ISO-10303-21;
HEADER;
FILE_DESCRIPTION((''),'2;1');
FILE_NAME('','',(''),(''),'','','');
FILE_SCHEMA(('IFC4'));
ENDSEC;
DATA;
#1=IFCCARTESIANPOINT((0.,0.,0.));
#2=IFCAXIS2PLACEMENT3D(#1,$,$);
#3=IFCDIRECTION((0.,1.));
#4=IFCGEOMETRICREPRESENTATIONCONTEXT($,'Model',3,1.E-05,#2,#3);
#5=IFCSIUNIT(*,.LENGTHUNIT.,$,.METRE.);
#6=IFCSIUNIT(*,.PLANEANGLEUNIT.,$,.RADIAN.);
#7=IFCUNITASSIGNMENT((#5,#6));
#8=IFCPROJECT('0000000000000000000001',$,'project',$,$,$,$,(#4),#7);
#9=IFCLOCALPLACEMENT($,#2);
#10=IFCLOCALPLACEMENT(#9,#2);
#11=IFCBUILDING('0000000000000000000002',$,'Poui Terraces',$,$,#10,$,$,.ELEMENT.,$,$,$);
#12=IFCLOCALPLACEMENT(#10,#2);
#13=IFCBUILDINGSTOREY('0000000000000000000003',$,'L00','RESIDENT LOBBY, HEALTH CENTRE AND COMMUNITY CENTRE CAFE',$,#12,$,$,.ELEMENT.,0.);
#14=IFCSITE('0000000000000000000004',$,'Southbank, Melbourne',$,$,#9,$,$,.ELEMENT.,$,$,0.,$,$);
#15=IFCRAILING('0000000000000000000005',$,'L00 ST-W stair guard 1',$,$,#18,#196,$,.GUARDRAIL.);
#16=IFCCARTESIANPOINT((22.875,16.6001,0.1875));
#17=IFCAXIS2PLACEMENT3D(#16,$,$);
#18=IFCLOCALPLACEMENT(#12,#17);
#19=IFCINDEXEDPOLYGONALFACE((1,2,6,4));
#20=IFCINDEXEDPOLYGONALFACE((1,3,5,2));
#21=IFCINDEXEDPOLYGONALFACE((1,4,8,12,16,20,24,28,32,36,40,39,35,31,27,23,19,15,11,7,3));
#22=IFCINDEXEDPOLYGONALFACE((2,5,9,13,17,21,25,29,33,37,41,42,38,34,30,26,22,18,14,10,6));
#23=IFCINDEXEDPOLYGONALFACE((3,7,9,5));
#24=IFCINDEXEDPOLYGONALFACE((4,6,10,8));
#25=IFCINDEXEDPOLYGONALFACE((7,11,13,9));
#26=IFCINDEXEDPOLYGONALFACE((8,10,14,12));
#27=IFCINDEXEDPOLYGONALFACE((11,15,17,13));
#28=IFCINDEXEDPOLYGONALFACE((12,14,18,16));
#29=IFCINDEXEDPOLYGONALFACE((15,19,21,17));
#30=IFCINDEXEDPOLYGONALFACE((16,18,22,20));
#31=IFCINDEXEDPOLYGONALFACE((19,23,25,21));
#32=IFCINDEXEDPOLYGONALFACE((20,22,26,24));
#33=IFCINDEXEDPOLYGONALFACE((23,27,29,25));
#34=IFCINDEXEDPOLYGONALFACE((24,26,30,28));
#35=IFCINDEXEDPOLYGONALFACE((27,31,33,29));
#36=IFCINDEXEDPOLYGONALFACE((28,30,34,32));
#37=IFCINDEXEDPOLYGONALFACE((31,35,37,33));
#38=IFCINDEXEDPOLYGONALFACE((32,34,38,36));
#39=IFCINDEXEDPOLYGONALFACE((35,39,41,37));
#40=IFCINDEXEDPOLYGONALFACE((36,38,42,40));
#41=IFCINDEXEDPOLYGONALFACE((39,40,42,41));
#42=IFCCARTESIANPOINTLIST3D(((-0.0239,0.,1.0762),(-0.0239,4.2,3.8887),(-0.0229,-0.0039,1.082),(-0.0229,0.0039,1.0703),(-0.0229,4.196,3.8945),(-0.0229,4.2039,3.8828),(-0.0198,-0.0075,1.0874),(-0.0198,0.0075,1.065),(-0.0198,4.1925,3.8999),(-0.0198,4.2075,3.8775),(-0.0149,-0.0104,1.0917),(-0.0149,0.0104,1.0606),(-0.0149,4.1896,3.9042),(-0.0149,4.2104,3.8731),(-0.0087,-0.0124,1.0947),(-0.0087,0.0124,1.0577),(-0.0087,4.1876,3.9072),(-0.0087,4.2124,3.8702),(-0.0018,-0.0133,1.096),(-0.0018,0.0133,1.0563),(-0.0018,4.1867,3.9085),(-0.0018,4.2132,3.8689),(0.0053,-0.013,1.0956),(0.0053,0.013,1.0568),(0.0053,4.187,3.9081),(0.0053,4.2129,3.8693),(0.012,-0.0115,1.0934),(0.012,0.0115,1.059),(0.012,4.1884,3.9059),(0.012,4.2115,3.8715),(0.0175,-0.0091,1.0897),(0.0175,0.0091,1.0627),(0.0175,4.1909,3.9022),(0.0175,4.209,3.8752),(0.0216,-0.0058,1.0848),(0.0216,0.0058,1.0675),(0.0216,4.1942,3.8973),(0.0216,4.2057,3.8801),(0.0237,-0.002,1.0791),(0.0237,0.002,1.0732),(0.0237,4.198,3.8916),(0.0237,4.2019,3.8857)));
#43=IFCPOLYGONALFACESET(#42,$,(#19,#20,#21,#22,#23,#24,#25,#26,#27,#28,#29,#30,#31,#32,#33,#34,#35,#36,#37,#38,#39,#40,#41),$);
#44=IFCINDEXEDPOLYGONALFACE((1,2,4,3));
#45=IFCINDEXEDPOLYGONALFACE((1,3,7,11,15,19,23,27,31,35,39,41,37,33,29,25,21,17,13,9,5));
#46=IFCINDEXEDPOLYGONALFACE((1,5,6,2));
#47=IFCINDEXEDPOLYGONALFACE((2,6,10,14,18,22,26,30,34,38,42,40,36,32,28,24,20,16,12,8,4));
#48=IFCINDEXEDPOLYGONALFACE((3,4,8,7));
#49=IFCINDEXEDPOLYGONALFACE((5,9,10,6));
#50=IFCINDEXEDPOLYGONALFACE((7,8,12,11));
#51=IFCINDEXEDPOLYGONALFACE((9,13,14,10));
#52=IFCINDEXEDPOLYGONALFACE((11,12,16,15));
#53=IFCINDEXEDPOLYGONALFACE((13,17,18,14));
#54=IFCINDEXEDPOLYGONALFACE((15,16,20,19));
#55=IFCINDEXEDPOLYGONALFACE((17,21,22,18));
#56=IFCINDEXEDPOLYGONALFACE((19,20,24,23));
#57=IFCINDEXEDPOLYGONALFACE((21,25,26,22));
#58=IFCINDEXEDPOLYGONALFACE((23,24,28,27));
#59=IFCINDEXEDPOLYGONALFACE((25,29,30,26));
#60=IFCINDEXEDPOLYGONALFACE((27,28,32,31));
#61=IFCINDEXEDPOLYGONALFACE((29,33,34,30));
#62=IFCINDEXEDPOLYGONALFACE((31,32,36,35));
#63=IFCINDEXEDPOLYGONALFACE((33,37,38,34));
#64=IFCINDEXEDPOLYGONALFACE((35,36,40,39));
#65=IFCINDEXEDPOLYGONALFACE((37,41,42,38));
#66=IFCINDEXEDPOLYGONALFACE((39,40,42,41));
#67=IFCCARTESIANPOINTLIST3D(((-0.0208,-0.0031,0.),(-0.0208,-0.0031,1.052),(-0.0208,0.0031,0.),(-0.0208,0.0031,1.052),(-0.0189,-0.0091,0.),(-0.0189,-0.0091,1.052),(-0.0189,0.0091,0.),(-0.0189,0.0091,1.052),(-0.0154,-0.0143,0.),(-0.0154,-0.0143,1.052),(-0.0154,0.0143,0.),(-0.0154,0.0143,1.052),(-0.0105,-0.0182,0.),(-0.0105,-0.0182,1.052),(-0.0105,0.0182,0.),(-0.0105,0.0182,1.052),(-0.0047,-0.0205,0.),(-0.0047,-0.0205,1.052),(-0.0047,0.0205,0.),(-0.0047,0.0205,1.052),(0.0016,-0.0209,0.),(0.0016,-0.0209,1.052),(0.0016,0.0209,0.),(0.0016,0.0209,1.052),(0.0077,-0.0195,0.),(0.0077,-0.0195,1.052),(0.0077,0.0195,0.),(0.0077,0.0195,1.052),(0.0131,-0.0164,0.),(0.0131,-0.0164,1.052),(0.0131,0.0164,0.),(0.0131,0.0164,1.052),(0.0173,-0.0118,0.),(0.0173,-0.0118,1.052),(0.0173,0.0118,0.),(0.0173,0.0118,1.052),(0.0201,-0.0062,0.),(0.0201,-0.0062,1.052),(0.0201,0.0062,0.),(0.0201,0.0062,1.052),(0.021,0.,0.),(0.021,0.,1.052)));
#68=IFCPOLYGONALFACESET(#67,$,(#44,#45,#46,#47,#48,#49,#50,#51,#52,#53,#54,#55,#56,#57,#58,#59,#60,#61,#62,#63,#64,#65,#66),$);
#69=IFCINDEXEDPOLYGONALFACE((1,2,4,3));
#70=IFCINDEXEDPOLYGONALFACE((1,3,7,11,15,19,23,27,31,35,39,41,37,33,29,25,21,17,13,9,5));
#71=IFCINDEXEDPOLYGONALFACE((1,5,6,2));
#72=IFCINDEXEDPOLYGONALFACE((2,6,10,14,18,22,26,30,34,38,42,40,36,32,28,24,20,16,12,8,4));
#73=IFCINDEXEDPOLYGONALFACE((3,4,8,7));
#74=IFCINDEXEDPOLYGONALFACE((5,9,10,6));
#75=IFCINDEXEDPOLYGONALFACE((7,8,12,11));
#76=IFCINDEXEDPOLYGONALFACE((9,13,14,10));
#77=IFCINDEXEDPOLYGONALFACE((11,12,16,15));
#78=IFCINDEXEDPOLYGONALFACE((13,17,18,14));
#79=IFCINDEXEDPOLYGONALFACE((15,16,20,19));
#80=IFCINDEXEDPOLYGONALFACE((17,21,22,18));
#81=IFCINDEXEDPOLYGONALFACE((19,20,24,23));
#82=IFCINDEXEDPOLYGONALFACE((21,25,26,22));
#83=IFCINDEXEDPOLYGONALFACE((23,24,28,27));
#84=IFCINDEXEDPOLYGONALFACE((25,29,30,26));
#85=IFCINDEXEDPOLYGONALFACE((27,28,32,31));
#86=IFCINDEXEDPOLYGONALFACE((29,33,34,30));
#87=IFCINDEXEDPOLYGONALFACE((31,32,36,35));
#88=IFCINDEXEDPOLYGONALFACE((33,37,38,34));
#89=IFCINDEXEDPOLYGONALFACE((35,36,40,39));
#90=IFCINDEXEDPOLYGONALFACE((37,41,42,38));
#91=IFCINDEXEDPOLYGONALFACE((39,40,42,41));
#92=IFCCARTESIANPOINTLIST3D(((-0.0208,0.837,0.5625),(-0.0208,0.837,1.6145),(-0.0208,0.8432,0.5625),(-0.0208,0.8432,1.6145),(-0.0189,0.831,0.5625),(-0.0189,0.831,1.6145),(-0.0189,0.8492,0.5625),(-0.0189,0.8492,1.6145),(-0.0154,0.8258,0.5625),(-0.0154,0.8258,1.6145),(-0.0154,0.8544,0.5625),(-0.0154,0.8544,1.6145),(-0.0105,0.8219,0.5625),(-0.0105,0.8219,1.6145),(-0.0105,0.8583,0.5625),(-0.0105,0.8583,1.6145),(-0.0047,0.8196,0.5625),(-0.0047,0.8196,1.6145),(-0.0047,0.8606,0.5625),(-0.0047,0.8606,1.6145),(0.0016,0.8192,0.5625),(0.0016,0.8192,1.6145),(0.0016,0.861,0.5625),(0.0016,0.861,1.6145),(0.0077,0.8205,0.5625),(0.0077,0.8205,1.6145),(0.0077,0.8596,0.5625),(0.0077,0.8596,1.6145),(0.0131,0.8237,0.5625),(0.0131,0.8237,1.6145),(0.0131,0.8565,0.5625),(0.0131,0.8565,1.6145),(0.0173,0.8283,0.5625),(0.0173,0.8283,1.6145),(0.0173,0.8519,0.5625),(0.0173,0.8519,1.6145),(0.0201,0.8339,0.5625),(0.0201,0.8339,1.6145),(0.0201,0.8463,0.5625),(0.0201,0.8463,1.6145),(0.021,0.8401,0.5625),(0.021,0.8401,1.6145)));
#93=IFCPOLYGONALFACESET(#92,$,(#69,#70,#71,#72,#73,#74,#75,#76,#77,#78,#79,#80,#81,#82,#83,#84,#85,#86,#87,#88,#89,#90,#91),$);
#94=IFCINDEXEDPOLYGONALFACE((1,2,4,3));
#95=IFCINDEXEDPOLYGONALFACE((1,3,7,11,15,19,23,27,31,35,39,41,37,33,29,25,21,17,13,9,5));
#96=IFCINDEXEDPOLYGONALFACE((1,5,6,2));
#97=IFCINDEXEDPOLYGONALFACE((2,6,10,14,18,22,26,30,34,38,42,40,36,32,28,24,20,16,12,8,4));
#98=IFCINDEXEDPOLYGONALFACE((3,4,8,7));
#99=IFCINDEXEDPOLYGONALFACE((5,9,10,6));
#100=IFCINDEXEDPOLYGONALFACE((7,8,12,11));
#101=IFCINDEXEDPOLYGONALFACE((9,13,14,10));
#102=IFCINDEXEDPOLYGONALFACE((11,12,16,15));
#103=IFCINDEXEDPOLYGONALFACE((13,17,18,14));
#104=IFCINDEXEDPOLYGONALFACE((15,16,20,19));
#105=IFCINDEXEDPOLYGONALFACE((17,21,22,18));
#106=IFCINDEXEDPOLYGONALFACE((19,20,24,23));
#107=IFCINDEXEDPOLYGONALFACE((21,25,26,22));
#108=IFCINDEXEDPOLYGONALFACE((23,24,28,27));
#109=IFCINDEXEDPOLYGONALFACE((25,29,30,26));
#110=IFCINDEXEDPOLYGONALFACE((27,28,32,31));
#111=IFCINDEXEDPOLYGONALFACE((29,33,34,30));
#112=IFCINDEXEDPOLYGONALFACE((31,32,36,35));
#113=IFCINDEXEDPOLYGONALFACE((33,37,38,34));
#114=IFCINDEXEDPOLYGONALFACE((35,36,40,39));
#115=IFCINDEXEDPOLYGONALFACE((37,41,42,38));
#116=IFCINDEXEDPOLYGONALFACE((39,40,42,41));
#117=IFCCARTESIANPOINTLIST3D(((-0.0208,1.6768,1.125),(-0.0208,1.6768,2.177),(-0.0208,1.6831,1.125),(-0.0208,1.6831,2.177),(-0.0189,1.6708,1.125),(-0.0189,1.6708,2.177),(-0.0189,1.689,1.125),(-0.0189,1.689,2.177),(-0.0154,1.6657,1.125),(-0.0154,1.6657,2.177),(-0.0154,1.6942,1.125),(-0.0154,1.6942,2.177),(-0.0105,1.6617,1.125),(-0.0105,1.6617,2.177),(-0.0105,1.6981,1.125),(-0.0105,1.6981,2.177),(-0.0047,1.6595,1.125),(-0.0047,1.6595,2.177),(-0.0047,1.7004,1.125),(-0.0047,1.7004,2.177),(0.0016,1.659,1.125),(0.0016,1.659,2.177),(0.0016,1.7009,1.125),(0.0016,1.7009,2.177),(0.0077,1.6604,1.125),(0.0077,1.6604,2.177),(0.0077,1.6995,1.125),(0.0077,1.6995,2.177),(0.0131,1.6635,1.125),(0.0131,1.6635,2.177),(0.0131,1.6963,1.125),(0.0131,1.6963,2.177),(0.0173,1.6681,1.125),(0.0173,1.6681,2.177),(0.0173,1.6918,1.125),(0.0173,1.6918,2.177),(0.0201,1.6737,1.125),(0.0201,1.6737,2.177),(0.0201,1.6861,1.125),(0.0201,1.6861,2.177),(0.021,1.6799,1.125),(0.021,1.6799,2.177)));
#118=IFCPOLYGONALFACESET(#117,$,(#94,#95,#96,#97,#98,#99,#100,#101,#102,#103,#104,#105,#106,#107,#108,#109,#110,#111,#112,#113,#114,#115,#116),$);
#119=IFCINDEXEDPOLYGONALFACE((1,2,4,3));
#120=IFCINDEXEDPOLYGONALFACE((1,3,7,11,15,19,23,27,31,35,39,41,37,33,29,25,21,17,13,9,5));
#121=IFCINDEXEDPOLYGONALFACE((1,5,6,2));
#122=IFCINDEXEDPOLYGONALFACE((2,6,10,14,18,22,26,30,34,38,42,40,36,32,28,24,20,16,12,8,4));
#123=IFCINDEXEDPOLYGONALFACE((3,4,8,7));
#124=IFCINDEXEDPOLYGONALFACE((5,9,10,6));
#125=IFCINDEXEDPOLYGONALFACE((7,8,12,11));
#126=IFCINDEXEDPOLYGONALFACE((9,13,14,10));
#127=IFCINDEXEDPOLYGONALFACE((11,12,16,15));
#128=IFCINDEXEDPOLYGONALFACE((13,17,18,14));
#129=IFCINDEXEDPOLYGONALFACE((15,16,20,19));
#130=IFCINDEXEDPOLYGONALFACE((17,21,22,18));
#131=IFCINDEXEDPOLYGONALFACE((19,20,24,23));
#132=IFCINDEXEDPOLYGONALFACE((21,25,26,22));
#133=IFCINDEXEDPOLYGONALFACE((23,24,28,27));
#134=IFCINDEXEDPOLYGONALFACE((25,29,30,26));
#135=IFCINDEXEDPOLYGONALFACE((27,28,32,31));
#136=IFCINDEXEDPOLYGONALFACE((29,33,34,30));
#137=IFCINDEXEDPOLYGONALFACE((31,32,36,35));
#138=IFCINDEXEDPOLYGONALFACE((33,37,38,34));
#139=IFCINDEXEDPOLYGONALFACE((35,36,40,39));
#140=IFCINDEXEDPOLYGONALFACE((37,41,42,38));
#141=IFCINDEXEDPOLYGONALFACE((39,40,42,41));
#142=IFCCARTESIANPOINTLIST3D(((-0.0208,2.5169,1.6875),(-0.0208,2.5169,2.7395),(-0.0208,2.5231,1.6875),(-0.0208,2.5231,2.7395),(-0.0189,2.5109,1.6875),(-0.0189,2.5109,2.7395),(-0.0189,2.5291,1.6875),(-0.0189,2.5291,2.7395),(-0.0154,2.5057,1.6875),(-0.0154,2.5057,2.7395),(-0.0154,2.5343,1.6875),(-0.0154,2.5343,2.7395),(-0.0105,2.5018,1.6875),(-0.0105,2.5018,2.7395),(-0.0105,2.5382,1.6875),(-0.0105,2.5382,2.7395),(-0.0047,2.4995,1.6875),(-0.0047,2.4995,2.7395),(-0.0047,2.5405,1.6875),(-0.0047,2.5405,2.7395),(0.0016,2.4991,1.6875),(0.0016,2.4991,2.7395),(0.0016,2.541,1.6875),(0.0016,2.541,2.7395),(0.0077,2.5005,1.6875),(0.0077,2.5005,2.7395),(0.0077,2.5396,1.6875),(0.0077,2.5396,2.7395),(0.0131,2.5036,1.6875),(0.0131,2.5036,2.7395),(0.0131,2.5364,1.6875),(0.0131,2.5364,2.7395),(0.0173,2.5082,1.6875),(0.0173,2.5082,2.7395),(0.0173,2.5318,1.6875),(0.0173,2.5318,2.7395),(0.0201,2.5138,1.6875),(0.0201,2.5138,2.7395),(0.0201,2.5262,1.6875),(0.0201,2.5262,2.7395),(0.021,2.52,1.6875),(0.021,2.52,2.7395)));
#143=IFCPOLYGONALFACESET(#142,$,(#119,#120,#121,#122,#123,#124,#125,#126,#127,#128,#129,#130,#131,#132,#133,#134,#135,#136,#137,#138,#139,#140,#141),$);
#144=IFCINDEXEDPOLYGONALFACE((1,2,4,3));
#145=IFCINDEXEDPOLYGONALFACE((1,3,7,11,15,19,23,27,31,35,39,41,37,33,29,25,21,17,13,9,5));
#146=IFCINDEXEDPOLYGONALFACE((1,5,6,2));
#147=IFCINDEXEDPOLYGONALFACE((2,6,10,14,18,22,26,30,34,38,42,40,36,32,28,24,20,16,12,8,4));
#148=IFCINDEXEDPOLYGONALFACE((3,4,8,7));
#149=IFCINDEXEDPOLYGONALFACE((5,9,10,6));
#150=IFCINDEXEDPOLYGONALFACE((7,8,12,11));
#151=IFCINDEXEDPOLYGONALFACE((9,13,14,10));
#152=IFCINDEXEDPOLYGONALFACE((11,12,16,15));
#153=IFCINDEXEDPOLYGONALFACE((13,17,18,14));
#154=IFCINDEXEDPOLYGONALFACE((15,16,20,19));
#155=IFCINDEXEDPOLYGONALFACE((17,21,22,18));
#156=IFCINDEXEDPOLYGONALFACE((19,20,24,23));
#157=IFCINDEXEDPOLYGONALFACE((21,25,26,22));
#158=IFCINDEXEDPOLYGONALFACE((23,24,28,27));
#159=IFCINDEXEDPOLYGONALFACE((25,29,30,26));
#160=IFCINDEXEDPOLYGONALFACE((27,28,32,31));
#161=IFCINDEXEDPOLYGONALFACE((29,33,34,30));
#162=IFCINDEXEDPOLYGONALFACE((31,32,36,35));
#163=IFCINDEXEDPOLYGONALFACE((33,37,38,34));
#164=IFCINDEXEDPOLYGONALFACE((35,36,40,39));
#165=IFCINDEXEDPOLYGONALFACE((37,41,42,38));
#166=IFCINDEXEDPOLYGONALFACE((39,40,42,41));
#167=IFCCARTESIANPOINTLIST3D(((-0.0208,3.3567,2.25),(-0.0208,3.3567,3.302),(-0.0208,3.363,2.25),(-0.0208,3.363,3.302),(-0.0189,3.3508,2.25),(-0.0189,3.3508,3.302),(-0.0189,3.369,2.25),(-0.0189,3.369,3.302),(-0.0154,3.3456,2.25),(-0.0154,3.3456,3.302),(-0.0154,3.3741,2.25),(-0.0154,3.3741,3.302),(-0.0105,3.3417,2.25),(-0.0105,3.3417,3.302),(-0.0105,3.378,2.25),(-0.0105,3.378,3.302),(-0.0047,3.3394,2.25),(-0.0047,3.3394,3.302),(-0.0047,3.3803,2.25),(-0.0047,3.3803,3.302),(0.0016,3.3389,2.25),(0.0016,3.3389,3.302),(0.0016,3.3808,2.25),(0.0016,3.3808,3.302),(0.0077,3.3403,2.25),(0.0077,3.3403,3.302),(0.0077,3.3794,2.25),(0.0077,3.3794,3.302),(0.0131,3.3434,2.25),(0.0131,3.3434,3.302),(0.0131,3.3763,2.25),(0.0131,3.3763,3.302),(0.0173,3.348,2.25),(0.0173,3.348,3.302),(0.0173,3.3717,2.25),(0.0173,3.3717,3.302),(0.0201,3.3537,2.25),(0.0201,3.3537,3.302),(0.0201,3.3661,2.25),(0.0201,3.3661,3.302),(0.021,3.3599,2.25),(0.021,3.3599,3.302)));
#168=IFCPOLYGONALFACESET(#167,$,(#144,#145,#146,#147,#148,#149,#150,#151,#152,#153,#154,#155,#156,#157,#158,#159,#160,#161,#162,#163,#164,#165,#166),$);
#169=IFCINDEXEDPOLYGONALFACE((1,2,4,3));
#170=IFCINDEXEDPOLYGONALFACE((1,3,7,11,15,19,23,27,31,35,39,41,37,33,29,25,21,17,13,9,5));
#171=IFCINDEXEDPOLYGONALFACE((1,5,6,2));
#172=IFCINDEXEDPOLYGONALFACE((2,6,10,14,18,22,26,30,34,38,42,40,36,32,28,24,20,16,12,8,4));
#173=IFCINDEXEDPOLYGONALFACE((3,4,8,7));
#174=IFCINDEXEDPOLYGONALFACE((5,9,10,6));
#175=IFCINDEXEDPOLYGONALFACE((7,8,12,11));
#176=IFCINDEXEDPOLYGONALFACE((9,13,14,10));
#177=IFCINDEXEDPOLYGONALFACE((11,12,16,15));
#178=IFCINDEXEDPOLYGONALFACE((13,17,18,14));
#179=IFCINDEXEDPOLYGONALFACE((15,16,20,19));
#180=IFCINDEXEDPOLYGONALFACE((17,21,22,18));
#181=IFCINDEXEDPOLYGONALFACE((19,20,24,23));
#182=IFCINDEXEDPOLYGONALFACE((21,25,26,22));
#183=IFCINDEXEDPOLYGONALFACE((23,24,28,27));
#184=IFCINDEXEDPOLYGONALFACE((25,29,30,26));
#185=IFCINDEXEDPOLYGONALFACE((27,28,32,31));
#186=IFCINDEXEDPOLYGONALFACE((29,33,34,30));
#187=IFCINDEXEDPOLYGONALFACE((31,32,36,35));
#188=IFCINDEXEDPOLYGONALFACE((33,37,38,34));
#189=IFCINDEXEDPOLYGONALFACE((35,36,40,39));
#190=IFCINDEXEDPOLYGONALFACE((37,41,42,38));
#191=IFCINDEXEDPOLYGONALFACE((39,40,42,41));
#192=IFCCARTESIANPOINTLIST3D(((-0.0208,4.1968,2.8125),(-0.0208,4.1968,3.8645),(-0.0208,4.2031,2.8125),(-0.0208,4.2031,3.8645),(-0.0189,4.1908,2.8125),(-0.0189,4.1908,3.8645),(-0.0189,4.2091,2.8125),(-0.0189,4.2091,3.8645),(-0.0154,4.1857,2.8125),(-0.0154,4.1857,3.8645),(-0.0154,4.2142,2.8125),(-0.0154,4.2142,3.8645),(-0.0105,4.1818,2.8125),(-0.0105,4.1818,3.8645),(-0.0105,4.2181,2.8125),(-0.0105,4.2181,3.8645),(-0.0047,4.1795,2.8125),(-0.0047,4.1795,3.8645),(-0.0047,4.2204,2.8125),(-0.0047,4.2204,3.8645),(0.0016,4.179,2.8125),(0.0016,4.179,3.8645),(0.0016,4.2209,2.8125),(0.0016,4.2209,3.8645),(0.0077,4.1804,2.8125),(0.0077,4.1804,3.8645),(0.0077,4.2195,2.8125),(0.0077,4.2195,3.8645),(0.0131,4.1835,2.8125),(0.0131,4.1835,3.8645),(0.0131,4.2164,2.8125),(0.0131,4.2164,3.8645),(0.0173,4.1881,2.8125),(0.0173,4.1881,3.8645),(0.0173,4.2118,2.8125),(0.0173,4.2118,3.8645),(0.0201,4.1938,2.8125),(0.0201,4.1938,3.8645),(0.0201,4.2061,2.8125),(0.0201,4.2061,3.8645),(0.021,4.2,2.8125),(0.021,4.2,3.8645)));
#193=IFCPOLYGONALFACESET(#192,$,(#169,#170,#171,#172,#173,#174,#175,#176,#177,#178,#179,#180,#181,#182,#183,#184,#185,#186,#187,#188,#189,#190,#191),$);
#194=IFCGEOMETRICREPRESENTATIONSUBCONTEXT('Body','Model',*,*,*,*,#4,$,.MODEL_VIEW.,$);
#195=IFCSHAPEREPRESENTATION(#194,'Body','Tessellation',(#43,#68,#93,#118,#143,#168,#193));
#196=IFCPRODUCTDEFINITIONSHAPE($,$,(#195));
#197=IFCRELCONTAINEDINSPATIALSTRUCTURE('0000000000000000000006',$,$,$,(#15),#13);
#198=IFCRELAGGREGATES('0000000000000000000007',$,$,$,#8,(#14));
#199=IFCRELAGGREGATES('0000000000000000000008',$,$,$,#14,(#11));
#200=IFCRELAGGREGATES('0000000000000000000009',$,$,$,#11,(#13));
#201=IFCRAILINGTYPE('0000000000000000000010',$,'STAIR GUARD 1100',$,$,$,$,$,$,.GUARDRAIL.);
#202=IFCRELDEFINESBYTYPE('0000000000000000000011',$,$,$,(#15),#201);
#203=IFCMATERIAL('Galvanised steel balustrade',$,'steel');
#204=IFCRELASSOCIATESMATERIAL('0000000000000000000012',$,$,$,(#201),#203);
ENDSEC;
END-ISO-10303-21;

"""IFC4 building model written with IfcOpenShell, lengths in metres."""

from ifc_helpers import new_model, si_unit, direction, frame, origin, origin_2d, place, context, subcontext, project, spatial, circle, extrude, material, type_object, element, save


model = new_model("IFC4")

# Units and contexts
model_context = context("Model", 3, precision=1e-05, world=origin(), true_north=direction((0.0, 1.0)))
body_context = subcontext(model_context, "Body", "Model", "MODEL_VIEW")
ifc_project = project(units=[si_unit("LENGTHUNIT", "METRE"), si_unit("PLANEANGLEUNIT", "RADIAN")], contexts=[model_context])

# Site, building, storey
site_placement = place(None, origin())
site = spatial("IfcSite", under=ifc_project, at=site_placement, Name="Southbank, Melbourne", CompositionType="ELEMENT", RefElevation=0.0)
building_placement = place(site_placement, origin())
building = spatial("IfcBuilding", under=site, at=building_placement, Name="Poui Terraces", CompositionType="ELEMENT")
storey_placement = place(building_placement, origin())
storey = spatial("IfcBuildingStorey", under=building, at=storey_placement, Name="L00", Description="RESIDENT LOBBY, HEALTH CENTRE AND COMMUNITY CENTRE CAFE", CompositionType="ELEMENT", Elevation=0.0)

# Railing
ifc_material_1 = material(Name="Galvanised steel balustrade", Category="steel")
railing_type = type_object("IfcRailingType", Name="STAIR GUARD 1100", PredefinedType="GUARDRAIL", material=ifc_material_1)
railing_1_placement = place(storey_placement, frame((22.875, 16.6001, 0.1875)))
element("IfcRailing", 1, at=railing_1_placement, inside=storey, type_object=railing_type, Name="L00 ST-W stair guard 1", PredefinedType="GUARDRAIL", context=body_context, shape_type="SweptSolid", body=[
    extrude(circle(Radius=0.0239, at=origin_2d()), frame((0.0, 0.0, 1.0762), z_axis=(0.0, 0.830904, 0.556416), x_axis=(-1.0, 0.0, 0.0)), (0.0, 0.0, 1.0), 5.0547),
    extrude(circle(Radius=0.021, at=origin_2d()), origin(), (0.0, 0.0, 1.0), 1.052),
    extrude(circle(Radius=0.021, at=origin_2d()), frame((0.0, 0.8401, 0.5625)), (0.0, 0.0, 1.0), 1.052),
    extrude(circle(Radius=0.021, at=origin_2d()), frame((0.0, 1.6799, 1.125)), (0.0, 0.0, 1.0), 1.052),
    extrude(circle(Radius=0.021, at=origin_2d()), frame((0.0, 2.52, 1.6875)), (0.0, 0.0, 1.0), 1.052),
    extrude(circle(Radius=0.021, at=origin_2d()), frame((0.0, 3.3599, 2.25)), (0.0, 0.0, 1.0), 1.052),
    extrude(circle(Radius=0.021, at=origin_2d()), frame((0.0, 4.2, 2.8125)), (0.0, 0.0, 1.0), 1.052),
])

save(model, "model.ifc")
